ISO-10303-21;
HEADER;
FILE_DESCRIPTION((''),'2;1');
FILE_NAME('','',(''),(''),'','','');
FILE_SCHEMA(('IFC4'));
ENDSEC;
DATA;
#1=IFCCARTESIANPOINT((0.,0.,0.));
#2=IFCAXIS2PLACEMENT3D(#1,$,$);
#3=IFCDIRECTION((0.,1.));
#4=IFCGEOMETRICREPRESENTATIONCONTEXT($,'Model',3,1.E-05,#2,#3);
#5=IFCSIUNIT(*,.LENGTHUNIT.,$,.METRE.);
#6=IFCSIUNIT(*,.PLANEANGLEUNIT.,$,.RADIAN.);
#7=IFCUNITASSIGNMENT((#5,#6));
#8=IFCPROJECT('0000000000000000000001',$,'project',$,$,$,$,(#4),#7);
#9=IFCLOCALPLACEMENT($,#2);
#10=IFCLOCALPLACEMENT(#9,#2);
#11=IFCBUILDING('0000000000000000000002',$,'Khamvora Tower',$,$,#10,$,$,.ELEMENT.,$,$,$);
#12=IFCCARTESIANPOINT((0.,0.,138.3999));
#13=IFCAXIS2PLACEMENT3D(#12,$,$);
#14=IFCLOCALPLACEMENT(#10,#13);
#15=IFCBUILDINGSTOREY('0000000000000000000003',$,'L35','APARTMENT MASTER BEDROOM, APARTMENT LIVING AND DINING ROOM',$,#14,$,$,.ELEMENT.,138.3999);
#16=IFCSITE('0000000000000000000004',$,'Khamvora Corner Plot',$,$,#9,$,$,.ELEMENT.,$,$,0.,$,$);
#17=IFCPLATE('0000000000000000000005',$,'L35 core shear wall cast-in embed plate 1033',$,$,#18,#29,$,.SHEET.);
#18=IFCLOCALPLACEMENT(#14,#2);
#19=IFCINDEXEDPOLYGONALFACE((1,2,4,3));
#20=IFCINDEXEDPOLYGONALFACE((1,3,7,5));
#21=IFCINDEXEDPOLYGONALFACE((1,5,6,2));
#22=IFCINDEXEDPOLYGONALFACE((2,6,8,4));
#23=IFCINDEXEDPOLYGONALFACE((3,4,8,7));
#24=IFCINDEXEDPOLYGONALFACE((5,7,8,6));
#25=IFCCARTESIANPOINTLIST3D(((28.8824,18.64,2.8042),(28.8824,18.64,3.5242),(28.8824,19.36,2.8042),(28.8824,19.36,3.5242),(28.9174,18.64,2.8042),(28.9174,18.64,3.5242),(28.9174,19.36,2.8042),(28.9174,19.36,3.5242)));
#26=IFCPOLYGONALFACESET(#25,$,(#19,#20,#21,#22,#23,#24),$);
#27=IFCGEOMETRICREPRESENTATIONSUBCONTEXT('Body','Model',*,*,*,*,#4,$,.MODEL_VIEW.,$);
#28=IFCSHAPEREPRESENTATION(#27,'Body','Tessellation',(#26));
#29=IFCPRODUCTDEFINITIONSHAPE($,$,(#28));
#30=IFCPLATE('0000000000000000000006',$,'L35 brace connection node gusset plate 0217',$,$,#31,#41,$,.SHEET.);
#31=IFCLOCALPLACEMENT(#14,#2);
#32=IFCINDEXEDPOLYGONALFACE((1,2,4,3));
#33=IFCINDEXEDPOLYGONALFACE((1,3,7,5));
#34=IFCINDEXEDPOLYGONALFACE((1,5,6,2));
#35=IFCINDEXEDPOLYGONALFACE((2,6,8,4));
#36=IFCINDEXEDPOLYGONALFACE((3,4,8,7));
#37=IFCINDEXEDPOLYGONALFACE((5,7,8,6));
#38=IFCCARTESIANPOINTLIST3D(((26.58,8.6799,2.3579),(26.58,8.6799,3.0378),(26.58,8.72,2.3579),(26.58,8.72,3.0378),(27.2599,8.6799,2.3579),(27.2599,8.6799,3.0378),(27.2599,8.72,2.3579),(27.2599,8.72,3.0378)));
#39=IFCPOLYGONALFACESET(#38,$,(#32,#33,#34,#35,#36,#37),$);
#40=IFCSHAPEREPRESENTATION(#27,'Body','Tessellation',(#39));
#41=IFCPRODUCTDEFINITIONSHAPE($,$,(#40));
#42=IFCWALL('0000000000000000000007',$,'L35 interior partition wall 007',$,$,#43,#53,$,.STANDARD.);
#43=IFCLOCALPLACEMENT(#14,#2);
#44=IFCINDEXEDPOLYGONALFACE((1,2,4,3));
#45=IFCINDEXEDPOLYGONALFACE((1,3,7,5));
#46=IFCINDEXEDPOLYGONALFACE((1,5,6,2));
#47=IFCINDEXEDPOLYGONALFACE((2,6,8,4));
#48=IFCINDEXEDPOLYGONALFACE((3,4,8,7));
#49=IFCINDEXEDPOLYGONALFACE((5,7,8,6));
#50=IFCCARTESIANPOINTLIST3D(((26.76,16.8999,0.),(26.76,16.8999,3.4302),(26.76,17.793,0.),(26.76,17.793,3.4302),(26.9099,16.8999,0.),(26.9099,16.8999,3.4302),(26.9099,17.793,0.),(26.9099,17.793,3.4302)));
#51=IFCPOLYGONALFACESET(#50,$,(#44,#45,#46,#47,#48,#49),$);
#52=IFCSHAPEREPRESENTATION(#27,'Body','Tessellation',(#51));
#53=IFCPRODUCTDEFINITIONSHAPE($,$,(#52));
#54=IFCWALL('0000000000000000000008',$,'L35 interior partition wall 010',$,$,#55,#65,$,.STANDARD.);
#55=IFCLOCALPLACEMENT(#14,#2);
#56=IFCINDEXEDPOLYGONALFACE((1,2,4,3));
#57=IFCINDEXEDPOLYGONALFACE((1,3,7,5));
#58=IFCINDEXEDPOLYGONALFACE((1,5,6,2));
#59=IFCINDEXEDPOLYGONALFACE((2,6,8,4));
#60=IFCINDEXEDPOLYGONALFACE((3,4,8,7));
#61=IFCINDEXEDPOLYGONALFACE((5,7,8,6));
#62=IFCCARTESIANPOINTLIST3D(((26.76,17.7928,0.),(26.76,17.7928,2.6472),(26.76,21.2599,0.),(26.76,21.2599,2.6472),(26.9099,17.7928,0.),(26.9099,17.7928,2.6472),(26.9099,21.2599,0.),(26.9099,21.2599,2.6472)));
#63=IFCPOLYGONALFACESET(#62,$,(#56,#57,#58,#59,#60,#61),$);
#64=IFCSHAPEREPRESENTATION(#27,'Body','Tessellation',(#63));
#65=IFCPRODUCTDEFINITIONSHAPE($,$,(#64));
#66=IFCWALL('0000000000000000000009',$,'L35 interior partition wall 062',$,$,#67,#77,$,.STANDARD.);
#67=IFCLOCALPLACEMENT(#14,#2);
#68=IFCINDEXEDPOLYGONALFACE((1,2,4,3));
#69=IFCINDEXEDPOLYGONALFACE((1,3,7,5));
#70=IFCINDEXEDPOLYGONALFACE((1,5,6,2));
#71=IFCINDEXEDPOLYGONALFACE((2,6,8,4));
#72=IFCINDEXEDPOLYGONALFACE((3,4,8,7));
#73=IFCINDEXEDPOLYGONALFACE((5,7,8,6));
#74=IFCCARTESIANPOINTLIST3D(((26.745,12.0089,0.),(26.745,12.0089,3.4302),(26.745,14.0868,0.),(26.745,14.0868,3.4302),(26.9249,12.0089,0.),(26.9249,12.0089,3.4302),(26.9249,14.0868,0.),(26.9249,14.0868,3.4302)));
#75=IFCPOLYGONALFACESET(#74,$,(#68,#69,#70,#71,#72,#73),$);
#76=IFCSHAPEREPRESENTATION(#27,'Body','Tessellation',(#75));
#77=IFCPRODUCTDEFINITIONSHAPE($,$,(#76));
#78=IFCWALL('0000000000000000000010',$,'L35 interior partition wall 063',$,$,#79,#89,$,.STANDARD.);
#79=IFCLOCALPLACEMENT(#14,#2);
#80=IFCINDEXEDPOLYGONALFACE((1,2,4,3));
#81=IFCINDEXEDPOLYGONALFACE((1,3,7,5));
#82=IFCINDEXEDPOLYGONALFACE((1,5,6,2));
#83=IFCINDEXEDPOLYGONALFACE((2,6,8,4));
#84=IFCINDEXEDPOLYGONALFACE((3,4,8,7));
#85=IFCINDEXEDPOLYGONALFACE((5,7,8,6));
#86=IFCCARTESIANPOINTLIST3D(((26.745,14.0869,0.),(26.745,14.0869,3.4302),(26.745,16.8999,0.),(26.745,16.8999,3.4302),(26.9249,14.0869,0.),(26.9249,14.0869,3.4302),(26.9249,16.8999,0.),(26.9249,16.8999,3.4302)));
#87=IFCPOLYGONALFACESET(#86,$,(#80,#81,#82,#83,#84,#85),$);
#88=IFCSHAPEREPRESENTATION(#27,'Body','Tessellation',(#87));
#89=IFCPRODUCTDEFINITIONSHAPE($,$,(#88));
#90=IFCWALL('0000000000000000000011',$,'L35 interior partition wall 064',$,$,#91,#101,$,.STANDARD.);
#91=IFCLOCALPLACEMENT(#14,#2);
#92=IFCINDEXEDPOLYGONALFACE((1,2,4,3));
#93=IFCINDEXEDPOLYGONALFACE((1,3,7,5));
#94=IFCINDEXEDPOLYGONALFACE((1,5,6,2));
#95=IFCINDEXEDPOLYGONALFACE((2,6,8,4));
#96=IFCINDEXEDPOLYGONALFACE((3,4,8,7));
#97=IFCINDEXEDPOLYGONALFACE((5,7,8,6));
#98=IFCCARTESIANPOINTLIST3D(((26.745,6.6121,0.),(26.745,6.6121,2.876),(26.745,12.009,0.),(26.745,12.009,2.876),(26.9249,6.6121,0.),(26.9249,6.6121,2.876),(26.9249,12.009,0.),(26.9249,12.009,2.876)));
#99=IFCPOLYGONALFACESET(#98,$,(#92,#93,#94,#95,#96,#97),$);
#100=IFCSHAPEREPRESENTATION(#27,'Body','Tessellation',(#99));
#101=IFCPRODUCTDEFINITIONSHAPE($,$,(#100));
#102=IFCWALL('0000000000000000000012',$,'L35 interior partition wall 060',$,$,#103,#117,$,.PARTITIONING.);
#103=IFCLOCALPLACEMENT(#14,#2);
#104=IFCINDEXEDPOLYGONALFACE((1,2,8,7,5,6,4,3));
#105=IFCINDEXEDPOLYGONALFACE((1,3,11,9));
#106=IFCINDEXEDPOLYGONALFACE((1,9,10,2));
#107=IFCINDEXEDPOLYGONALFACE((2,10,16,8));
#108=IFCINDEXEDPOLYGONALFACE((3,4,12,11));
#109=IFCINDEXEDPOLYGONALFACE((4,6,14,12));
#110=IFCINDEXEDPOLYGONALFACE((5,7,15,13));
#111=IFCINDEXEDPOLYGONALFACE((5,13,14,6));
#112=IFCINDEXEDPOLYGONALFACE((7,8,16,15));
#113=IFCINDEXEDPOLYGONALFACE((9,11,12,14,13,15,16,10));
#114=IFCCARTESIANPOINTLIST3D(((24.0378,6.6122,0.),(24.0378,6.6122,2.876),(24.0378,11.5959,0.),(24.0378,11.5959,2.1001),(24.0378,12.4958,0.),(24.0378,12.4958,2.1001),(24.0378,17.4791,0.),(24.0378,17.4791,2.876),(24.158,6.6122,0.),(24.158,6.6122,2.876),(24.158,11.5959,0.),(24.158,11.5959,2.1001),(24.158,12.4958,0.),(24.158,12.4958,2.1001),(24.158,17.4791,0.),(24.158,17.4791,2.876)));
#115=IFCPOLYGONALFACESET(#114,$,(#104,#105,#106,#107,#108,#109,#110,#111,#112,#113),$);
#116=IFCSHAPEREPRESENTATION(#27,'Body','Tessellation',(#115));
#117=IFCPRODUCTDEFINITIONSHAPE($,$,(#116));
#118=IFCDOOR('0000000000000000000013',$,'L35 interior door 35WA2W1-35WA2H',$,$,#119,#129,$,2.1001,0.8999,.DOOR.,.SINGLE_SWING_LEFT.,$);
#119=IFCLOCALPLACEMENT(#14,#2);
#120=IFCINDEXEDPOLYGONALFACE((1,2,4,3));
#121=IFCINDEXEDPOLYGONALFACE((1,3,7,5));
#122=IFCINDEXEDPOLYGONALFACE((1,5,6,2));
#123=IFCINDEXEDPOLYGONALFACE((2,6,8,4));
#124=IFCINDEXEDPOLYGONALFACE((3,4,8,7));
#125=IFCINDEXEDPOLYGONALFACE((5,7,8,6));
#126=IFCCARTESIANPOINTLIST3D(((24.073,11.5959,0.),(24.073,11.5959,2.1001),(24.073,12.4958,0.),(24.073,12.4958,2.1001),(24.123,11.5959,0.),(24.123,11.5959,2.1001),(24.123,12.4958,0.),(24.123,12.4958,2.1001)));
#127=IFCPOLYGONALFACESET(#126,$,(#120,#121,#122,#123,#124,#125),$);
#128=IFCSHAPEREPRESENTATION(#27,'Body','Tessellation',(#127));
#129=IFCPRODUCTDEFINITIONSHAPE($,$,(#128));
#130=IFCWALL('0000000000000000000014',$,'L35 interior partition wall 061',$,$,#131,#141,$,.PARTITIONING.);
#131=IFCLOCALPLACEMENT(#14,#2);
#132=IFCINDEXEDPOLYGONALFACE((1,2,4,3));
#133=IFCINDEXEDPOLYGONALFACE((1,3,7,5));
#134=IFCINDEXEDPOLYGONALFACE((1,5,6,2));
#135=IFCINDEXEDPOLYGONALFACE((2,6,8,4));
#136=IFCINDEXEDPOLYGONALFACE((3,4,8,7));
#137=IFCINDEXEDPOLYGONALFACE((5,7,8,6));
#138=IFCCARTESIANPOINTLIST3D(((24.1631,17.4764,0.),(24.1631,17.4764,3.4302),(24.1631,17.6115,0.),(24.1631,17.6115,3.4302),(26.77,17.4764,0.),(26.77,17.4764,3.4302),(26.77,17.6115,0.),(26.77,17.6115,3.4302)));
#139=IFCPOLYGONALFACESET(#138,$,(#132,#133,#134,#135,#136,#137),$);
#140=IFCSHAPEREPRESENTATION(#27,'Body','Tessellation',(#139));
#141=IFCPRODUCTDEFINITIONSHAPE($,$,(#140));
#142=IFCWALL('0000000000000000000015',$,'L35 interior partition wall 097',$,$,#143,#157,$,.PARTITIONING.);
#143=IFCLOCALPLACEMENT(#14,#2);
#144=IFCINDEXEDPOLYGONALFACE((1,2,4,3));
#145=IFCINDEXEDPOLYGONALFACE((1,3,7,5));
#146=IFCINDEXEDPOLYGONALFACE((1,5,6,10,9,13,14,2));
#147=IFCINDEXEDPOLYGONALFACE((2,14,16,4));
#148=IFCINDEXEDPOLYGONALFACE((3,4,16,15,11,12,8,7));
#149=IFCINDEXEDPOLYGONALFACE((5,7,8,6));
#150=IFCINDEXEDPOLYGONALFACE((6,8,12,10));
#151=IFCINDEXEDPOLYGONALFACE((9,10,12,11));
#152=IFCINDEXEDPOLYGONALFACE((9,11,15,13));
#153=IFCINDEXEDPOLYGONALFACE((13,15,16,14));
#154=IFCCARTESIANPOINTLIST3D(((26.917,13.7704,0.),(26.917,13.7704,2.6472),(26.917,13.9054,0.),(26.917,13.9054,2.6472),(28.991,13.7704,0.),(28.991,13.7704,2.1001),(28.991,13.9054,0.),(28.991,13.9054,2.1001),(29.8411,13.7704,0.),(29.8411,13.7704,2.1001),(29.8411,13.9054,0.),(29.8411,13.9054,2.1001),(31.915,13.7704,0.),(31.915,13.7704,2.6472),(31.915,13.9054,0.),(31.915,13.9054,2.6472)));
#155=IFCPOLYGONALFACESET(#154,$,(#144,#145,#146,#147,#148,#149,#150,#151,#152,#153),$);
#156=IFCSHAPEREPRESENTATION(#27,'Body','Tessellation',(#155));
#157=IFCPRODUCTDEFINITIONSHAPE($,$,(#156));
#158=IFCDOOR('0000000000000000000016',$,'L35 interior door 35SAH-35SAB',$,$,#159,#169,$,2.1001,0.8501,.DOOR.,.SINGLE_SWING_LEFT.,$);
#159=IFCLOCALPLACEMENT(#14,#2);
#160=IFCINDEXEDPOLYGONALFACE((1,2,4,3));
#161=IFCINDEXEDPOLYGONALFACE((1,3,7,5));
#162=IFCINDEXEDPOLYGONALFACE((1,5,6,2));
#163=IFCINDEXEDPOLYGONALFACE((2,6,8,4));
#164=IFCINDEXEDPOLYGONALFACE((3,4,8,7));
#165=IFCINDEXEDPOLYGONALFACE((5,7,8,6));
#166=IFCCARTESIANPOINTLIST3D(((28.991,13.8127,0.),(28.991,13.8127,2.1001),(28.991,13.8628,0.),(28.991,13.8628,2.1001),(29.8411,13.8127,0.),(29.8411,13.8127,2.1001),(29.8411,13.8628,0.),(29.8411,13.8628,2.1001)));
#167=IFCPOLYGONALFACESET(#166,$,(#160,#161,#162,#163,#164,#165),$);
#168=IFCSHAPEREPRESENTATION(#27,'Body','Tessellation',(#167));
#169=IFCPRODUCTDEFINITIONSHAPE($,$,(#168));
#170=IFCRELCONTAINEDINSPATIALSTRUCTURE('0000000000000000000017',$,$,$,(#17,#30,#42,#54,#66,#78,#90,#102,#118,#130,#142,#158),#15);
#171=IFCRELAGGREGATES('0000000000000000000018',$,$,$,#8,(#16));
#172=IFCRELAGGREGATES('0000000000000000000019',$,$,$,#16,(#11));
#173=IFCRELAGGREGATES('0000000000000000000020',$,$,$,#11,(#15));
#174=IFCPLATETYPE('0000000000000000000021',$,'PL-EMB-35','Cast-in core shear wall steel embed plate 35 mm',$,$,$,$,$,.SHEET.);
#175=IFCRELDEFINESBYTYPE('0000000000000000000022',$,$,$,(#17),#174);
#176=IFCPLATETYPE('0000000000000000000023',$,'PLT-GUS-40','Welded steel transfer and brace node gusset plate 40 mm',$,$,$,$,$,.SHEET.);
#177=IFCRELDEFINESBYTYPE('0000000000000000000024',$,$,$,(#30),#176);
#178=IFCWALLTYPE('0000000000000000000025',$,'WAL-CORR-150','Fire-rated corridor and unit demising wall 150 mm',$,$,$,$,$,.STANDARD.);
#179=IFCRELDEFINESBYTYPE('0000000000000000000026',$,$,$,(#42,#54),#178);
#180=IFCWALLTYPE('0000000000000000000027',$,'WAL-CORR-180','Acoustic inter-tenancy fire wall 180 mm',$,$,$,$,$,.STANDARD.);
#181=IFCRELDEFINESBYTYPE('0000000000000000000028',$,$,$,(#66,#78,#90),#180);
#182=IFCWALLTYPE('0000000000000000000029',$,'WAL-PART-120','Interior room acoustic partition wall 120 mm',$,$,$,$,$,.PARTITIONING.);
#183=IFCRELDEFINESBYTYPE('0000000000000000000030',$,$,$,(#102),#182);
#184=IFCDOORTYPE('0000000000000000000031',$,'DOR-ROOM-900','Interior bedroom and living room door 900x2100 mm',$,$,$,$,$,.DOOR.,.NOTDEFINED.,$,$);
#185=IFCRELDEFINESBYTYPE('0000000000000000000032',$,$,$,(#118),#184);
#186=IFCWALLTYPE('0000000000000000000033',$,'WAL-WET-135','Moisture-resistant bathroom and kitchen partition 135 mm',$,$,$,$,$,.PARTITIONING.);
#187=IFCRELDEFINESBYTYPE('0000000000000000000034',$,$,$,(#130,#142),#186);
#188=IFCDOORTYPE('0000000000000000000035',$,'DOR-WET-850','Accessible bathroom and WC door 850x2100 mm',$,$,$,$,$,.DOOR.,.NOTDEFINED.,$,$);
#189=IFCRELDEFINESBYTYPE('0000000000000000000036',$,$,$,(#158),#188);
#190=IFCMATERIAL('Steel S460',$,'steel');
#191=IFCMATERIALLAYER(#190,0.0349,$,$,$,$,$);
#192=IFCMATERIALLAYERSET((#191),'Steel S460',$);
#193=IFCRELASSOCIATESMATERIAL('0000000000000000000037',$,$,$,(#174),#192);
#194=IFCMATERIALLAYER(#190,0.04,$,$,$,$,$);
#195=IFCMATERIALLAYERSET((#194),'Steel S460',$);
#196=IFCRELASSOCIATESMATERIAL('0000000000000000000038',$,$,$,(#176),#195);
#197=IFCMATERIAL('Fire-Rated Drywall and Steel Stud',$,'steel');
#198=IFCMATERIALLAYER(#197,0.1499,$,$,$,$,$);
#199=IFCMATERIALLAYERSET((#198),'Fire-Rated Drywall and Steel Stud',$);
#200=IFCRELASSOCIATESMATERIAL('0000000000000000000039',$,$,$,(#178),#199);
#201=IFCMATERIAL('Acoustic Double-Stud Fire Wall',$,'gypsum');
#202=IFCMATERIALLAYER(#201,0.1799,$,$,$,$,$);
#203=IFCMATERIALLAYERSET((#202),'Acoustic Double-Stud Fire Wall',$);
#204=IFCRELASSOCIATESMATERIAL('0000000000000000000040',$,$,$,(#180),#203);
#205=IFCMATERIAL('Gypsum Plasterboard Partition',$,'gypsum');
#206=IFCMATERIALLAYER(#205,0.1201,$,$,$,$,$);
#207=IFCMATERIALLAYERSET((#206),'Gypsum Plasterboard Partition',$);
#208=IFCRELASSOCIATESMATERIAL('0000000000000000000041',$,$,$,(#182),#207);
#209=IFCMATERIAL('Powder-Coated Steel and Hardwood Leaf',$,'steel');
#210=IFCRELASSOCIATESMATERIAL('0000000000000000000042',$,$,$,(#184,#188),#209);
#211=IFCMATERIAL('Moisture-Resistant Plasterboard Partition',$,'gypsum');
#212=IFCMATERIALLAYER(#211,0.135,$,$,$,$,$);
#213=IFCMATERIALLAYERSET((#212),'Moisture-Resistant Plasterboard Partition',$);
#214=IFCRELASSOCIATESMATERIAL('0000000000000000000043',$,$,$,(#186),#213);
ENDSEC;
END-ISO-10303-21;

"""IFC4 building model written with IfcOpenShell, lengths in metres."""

from ifc_helpers import new_model, si_unit, direction, frame, frame_2d, origin, origin_2d, place, context, subcontext, project, spatial, rectangle, extrude, material, layer, layer_set, type_object, element, fill, save


model = new_model("IFC4")

# Units and contexts
model_context = context("Model", 3, precision=1e-05, world=origin(), true_north=direction((0.0, 1.0)))
body_context = subcontext(model_context, "Body", "Model", "MODEL_VIEW")
ifc_project = project(units=[si_unit("LENGTHUNIT", "METRE"), si_unit("PLANEANGLEUNIT", "RADIAN")], contexts=[model_context])

# Site, building, storey
site_placement = place(None, origin())
site = spatial("IfcSite", under=ifc_project, at=site_placement, Name="Khamvora Corner Plot", CompositionType="ELEMENT", RefElevation=0.0)
building_placement = place(site_placement, origin())
building = spatial("IfcBuilding", under=site, at=building_placement, Name="Khamvora Tower", CompositionType="ELEMENT")
storey_placement = place(building_placement, frame((0.0, 0.0, 138.3999)))
storey = spatial("IfcBuildingStorey", under=building, at=storey_placement, Name="L35", Description="APARTMENT MASTER BEDROOM, APARTMENT LIVING AND DINING ROOM", CompositionType="ELEMENT", Elevation=138.3999)

# Shared definitions
ifc_material_1 = material(Name="Steel S460", Category="steel")

# Plates
ifc_layer_1 = layer(ifc_material_1, 0.0349)
ifc_layer_set_1 = layer_set([ifc_layer_1], Name="Steel S460")
plate_type_1 = type_object("IfcPlateType", Name="PL-EMB-35", Description="Cast-in core shear wall steel embed plate 35 mm", PredefinedType="SHEET", material=ifc_layer_set_1)
for number, where, z_axis, x_axis, name in (
    (1, (28.8999, 19.0, 2.8042), (0.0, 0.0, 1.0), (1.0, 0.0, 0.0), "L35 core shear wall cast-in embed plate 1033"),
):
    element("IfcPlate", number, at=place(storey_placement, frame(where, z_axis=z_axis, x_axis=x_axis)), inside=storey, type_object=plate_type_1, Name=name, PredefinedType="SHEET", context=body_context, shape_type="SweptSolid", body=[
        extrude(rectangle(XDim=0.0349, YDim=0.72, at=origin_2d()), origin(), (0.0, 0.0, 1.0), 0.72),
    ])
ifc_layer_2 = layer(ifc_material_1, 0.04)
ifc_layer_set_2 = layer_set([ifc_layer_2], Name="Steel S460")
plate_type_2 = type_object("IfcPlateType", Name="PLT-GUS-40", Description="Welded steel transfer and brace node gusset plate 40 mm", PredefinedType="SHEET", material=ifc_layer_set_2)
plate_1_placement = place(storey_placement, frame((26.9199, 8.7, 2.3579), z_axis=(0.0, 0.0, 1.0), x_axis=(1.0, 0.0, 0.0)))
element("IfcPlate", 2, at=plate_1_placement, inside=storey, type_object=plate_type_2, Name="L35 brace connection node gusset plate 0217", PredefinedType="SHEET", context=body_context, shape_type="SweptSolid", body=[
    extrude(rectangle(XDim=0.6799, YDim=0.04, at=origin_2d()), origin(), (0.0, 0.0, 1.0), 0.6799),
])

# Walls
ifc_material_2 = material(Name="Fire-Rated Drywall and Steel Stud", Category="steel")
ifc_layer_3 = layer(ifc_material_2, 0.1499)
ifc_layer_set_3 = layer_set([ifc_layer_3], Name="Fire-Rated Drywall and Steel Stud")
wall_type_1 = type_object("IfcWallType", Name="WAL-CORR-150", Description="Fire-rated corridor and unit demising wall 150 mm", PredefinedType="STANDARD", material=ifc_layer_set_3)
wall_1_placement = place(storey_placement, frame((26.835, 16.8999, 0.0), z_axis=(0.0, 0.0, 1.0), x_axis=(0.0, 1.0, 0.0)))
element("IfcWall", 3, at=wall_1_placement, inside=storey, type_object=wall_type_1, Name="L35 interior partition wall 007", PredefinedType="STANDARD", context=body_context, shape_type="SweptSolid", body=[
    extrude(rectangle(XDim=0.8931, YDim=0.1499, at=frame_2d((0.4465, 0.0))), origin(), (0.0, 0.0, 1.0), 3.4302),
])
wall_2_placement = place(storey_placement, frame((26.835, 17.793, 0.0), z_axis=(0.0, 0.0, 1.0), x_axis=(0.0, 1.0, 0.0)))
element("IfcWall", 4, at=wall_2_placement, inside=storey, type_object=wall_type_1, Name="L35 interior partition wall 010", PredefinedType="STANDARD", context=body_context, shape_type="SweptSolid", body=[
    extrude(rectangle(XDim=3.467, YDim=0.1499, at=frame_2d((1.7334, 0.0))), origin(), (0.0, 0.0, 1.0), 2.6472),
])
ifc_material_3 = material(Name="Acoustic Double-Stud Fire Wall", Category="gypsum")
ifc_layer_4 = layer(ifc_material_3, 0.1799)
ifc_layer_set_4 = layer_set([ifc_layer_4], Name="Acoustic Double-Stud Fire Wall")
wall_type_2 = type_object("IfcWallType", Name="WAL-CORR-180", Description="Acoustic inter-tenancy fire wall 180 mm", PredefinedType="STANDARD", material=ifc_layer_set_4)
wall_3_placement = place(storey_placement, frame((26.835, 14.0869, 0.0), z_axis=(0.0, 0.0, 1.0), x_axis=(0.0, -1.0, 0.0)))
element("IfcWall", 5, at=wall_3_placement, inside=storey, type_object=wall_type_2, Name="L35 interior partition wall 062", PredefinedType="STANDARD", context=body_context, shape_type="SweptSolid", body=[
    extrude(rectangle(XDim=2.0779, YDim=0.1799, at=frame_2d((1.0391, 0.0))), origin(), (0.0, 0.0, 1.0), 3.4302),
])
wall_4_placement = place(storey_placement, frame((26.835, 16.8999, 0.0), z_axis=(0.0, 0.0, 1.0), x_axis=(0.0, -1.0, 0.0)))
element("IfcWall", 6, at=wall_4_placement, inside=storey, type_object=wall_type_2, Name="L35 interior partition wall 063", PredefinedType="STANDARD", context=body_context, shape_type="SweptSolid", body=[
    extrude(rectangle(XDim=2.813, YDim=0.1799, at=frame_2d((1.4065, 0.0))), origin(), (0.0, 0.0, 1.0), 3.4302),
])
wall_5_placement = place(storey_placement, frame((26.835, 12.009, 0.0), z_axis=(0.0, 0.0, 1.0), x_axis=(0.0, -1.0, 0.0)))
element("IfcWall", 7, at=wall_5_placement, inside=storey, type_object=wall_type_2, Name="L35 interior partition wall 064", PredefinedType="STANDARD", context=body_context, shape_type="SweptSolid", body=[
    extrude(rectangle(XDim=5.397, YDim=0.1799, at=frame_2d((2.6985, 0.0))), origin(), (0.0, 0.0, 1.0), 2.876),
])

# Wall, opening, door
ifc_material_4 = material(Name="Gypsum Plasterboard Partition", Category="gypsum")
ifc_layer_5 = layer(ifc_material_4, 0.1201)
ifc_layer_set_5 = layer_set([ifc_layer_5], Name="Gypsum Plasterboard Partition")
wall_type_3 = type_object("IfcWallType", Name="WAL-PART-120", Description="Interior room acoustic partition wall 120 mm", PredefinedType="PARTITIONING", material=ifc_layer_set_5)
wall_6_placement = place(storey_placement, frame((24.0979, 6.6121, 0.0), z_axis=(0.0, 0.0, 1.0), x_axis=(0.0, 1.0, 0.0)))
wall_6 = element("IfcWall", 8, at=wall_6_placement, inside=storey, type_object=wall_type_3, Name="L35 interior partition wall 060", PredefinedType="PARTITIONING", context=body_context, shape_type="SweptSolid", body=[
    extrude(rectangle(XDim=10.8669, YDim=0.1201, at=frame_2d((5.4336, 0.0))), origin(), (0.0, 0.0, 1.0), 2.876),
])
opening_1_placement = place(wall_6_placement, frame((4.9839, 0.0, 0.0)))
opening_1 = element("IfcOpeningElement", 9, at=opening_1_placement, cuts=wall_6, PredefinedType="OPENING", context=body_context, shape_type="SweptSolid", body=[
    extrude(rectangle(XDim=0.8999, YDim=2.1001, at=frame_2d((0.45, 1.05))), frame((0.0, 0.0701, 0.0), z_axis=(0.0, -1.0, 0.0), x_axis=(1.0, 0.0, 0.0)), (0.0, 0.0, 1.0), 0.1401),
])
ifc_material_5 = material(Name="Powder-Coated Steel and Hardwood Leaf", Category="steel")
door_type_1 = type_object("IfcDoorType", Name="DOR-ROOM-900", Description="Interior bedroom and living room door 900x2100 mm", OperationType="NOTDEFINED", PredefinedType="DOOR", material=ifc_material_5)
door_1_placement = place(opening_1_placement, origin())
door_1 = element("IfcDoor", 10, at=door_1_placement, inside=storey, type_object=door_type_1, Name="L35 interior door 35WA2W1-35WA2H", OperationType="SINGLE_SWING_LEFT", OverallHeight=2.1001, OverallWidth=0.8999, PredefinedType="DOOR", context=body_context, shape_type="SweptSolid", body=[
    extrude(rectangle(XDim=0.8999, YDim=2.1001, at=frame_2d((0.45, 1.05))), frame((0.0, 0.0249, 0.0), z_axis=(0.0, -1.0, 0.0), x_axis=(1.0, 0.0, 0.0)), (0.0, 0.0, 1.0), 0.05),
])
fill(opening_1, door_1)

# Wall
ifc_material_6 = material(Name="Moisture-Resistant Plasterboard Partition", Category="gypsum")
ifc_layer_6 = layer(ifc_material_6, 0.135)
ifc_layer_set_6 = layer_set([ifc_layer_6], Name="Moisture-Resistant Plasterboard Partition")
wall_type_4 = type_object("IfcWallType", Name="WAL-WET-135", Description="Moisture-resistant bathroom and kitchen partition 135 mm", PredefinedType="PARTITIONING", material=ifc_layer_set_6)
wall_7_placement = place(storey_placement, frame((24.1631, 17.5439, 0.0), z_axis=(0.0, 0.0, 1.0), x_axis=(1.0, 0.0, 0.0)))
element("IfcWall", 11, at=wall_7_placement, inside=storey, type_object=wall_type_4, Name="L35 interior partition wall 061", PredefinedType="PARTITIONING", context=body_context, shape_type="SweptSolid", body=[
    extrude(rectangle(XDim=2.6069, YDim=0.135, at=frame_2d((1.3035, 0.0))), origin(), (0.0, 0.0, 1.0), 3.4302),
])

# Wall, opening, door
wall_8_placement = place(storey_placement, frame((26.917, 13.8379, 0.0), z_axis=(0.0, 0.0, 1.0), x_axis=(1.0, 0.0, 0.0)))
wall_8 = element("IfcWall", 12, at=wall_8_placement, inside=storey, type_object=wall_type_4, Name="L35 interior partition wall 097", PredefinedType="PARTITIONING", context=body_context, shape_type="SweptSolid", body=[
    extrude(rectangle(XDim=4.998, YDim=0.135, at=frame_2d((2.499, 0.0))), origin(), (0.0, 0.0, 1.0), 2.6472),
])
opening_2_placement = place(wall_8_placement, frame((2.074, 0.0, 0.0)))
opening_2 = element("IfcOpeningElement", 13, at=opening_2_placement, cuts=wall_8, PredefinedType="OPENING", context=body_context, shape_type="SweptSolid", body=[
    extrude(rectangle(XDim=0.8501, YDim=2.1001, at=frame_2d((0.425, 1.05))), frame((0.0, 0.0774, 0.0), z_axis=(0.0, -1.0, 0.0), x_axis=(1.0, 0.0, 0.0)), (0.0, 0.0, 1.0), 0.155),
])
door_type_2 = type_object("IfcDoorType", Name="DOR-WET-850", Description="Accessible bathroom and WC door 850x2100 mm", OperationType="NOTDEFINED", PredefinedType="DOOR", material=ifc_material_5)
door_2_placement = place(opening_2_placement, origin())
door_2 = element("IfcDoor", 14, at=door_2_placement, inside=storey, type_object=door_type_2, Name="L35 interior door 35SAH-35SAB", OperationType="SINGLE_SWING_LEFT", OverallHeight=2.1001, OverallWidth=0.8501, PredefinedType="DOOR", context=body_context, shape_type="SweptSolid", body=[
    extrude(rectangle(XDim=0.8501, YDim=2.1001, at=frame_2d((0.425, 1.05))), frame((0.0, 0.0249, 0.0), z_axis=(0.0, -1.0, 0.0), x_axis=(1.0, 0.0, 0.0)), (0.0, 0.0, 1.0), 0.05),
])
fill(opening_2, door_2)

save(model, "model.ifc")
